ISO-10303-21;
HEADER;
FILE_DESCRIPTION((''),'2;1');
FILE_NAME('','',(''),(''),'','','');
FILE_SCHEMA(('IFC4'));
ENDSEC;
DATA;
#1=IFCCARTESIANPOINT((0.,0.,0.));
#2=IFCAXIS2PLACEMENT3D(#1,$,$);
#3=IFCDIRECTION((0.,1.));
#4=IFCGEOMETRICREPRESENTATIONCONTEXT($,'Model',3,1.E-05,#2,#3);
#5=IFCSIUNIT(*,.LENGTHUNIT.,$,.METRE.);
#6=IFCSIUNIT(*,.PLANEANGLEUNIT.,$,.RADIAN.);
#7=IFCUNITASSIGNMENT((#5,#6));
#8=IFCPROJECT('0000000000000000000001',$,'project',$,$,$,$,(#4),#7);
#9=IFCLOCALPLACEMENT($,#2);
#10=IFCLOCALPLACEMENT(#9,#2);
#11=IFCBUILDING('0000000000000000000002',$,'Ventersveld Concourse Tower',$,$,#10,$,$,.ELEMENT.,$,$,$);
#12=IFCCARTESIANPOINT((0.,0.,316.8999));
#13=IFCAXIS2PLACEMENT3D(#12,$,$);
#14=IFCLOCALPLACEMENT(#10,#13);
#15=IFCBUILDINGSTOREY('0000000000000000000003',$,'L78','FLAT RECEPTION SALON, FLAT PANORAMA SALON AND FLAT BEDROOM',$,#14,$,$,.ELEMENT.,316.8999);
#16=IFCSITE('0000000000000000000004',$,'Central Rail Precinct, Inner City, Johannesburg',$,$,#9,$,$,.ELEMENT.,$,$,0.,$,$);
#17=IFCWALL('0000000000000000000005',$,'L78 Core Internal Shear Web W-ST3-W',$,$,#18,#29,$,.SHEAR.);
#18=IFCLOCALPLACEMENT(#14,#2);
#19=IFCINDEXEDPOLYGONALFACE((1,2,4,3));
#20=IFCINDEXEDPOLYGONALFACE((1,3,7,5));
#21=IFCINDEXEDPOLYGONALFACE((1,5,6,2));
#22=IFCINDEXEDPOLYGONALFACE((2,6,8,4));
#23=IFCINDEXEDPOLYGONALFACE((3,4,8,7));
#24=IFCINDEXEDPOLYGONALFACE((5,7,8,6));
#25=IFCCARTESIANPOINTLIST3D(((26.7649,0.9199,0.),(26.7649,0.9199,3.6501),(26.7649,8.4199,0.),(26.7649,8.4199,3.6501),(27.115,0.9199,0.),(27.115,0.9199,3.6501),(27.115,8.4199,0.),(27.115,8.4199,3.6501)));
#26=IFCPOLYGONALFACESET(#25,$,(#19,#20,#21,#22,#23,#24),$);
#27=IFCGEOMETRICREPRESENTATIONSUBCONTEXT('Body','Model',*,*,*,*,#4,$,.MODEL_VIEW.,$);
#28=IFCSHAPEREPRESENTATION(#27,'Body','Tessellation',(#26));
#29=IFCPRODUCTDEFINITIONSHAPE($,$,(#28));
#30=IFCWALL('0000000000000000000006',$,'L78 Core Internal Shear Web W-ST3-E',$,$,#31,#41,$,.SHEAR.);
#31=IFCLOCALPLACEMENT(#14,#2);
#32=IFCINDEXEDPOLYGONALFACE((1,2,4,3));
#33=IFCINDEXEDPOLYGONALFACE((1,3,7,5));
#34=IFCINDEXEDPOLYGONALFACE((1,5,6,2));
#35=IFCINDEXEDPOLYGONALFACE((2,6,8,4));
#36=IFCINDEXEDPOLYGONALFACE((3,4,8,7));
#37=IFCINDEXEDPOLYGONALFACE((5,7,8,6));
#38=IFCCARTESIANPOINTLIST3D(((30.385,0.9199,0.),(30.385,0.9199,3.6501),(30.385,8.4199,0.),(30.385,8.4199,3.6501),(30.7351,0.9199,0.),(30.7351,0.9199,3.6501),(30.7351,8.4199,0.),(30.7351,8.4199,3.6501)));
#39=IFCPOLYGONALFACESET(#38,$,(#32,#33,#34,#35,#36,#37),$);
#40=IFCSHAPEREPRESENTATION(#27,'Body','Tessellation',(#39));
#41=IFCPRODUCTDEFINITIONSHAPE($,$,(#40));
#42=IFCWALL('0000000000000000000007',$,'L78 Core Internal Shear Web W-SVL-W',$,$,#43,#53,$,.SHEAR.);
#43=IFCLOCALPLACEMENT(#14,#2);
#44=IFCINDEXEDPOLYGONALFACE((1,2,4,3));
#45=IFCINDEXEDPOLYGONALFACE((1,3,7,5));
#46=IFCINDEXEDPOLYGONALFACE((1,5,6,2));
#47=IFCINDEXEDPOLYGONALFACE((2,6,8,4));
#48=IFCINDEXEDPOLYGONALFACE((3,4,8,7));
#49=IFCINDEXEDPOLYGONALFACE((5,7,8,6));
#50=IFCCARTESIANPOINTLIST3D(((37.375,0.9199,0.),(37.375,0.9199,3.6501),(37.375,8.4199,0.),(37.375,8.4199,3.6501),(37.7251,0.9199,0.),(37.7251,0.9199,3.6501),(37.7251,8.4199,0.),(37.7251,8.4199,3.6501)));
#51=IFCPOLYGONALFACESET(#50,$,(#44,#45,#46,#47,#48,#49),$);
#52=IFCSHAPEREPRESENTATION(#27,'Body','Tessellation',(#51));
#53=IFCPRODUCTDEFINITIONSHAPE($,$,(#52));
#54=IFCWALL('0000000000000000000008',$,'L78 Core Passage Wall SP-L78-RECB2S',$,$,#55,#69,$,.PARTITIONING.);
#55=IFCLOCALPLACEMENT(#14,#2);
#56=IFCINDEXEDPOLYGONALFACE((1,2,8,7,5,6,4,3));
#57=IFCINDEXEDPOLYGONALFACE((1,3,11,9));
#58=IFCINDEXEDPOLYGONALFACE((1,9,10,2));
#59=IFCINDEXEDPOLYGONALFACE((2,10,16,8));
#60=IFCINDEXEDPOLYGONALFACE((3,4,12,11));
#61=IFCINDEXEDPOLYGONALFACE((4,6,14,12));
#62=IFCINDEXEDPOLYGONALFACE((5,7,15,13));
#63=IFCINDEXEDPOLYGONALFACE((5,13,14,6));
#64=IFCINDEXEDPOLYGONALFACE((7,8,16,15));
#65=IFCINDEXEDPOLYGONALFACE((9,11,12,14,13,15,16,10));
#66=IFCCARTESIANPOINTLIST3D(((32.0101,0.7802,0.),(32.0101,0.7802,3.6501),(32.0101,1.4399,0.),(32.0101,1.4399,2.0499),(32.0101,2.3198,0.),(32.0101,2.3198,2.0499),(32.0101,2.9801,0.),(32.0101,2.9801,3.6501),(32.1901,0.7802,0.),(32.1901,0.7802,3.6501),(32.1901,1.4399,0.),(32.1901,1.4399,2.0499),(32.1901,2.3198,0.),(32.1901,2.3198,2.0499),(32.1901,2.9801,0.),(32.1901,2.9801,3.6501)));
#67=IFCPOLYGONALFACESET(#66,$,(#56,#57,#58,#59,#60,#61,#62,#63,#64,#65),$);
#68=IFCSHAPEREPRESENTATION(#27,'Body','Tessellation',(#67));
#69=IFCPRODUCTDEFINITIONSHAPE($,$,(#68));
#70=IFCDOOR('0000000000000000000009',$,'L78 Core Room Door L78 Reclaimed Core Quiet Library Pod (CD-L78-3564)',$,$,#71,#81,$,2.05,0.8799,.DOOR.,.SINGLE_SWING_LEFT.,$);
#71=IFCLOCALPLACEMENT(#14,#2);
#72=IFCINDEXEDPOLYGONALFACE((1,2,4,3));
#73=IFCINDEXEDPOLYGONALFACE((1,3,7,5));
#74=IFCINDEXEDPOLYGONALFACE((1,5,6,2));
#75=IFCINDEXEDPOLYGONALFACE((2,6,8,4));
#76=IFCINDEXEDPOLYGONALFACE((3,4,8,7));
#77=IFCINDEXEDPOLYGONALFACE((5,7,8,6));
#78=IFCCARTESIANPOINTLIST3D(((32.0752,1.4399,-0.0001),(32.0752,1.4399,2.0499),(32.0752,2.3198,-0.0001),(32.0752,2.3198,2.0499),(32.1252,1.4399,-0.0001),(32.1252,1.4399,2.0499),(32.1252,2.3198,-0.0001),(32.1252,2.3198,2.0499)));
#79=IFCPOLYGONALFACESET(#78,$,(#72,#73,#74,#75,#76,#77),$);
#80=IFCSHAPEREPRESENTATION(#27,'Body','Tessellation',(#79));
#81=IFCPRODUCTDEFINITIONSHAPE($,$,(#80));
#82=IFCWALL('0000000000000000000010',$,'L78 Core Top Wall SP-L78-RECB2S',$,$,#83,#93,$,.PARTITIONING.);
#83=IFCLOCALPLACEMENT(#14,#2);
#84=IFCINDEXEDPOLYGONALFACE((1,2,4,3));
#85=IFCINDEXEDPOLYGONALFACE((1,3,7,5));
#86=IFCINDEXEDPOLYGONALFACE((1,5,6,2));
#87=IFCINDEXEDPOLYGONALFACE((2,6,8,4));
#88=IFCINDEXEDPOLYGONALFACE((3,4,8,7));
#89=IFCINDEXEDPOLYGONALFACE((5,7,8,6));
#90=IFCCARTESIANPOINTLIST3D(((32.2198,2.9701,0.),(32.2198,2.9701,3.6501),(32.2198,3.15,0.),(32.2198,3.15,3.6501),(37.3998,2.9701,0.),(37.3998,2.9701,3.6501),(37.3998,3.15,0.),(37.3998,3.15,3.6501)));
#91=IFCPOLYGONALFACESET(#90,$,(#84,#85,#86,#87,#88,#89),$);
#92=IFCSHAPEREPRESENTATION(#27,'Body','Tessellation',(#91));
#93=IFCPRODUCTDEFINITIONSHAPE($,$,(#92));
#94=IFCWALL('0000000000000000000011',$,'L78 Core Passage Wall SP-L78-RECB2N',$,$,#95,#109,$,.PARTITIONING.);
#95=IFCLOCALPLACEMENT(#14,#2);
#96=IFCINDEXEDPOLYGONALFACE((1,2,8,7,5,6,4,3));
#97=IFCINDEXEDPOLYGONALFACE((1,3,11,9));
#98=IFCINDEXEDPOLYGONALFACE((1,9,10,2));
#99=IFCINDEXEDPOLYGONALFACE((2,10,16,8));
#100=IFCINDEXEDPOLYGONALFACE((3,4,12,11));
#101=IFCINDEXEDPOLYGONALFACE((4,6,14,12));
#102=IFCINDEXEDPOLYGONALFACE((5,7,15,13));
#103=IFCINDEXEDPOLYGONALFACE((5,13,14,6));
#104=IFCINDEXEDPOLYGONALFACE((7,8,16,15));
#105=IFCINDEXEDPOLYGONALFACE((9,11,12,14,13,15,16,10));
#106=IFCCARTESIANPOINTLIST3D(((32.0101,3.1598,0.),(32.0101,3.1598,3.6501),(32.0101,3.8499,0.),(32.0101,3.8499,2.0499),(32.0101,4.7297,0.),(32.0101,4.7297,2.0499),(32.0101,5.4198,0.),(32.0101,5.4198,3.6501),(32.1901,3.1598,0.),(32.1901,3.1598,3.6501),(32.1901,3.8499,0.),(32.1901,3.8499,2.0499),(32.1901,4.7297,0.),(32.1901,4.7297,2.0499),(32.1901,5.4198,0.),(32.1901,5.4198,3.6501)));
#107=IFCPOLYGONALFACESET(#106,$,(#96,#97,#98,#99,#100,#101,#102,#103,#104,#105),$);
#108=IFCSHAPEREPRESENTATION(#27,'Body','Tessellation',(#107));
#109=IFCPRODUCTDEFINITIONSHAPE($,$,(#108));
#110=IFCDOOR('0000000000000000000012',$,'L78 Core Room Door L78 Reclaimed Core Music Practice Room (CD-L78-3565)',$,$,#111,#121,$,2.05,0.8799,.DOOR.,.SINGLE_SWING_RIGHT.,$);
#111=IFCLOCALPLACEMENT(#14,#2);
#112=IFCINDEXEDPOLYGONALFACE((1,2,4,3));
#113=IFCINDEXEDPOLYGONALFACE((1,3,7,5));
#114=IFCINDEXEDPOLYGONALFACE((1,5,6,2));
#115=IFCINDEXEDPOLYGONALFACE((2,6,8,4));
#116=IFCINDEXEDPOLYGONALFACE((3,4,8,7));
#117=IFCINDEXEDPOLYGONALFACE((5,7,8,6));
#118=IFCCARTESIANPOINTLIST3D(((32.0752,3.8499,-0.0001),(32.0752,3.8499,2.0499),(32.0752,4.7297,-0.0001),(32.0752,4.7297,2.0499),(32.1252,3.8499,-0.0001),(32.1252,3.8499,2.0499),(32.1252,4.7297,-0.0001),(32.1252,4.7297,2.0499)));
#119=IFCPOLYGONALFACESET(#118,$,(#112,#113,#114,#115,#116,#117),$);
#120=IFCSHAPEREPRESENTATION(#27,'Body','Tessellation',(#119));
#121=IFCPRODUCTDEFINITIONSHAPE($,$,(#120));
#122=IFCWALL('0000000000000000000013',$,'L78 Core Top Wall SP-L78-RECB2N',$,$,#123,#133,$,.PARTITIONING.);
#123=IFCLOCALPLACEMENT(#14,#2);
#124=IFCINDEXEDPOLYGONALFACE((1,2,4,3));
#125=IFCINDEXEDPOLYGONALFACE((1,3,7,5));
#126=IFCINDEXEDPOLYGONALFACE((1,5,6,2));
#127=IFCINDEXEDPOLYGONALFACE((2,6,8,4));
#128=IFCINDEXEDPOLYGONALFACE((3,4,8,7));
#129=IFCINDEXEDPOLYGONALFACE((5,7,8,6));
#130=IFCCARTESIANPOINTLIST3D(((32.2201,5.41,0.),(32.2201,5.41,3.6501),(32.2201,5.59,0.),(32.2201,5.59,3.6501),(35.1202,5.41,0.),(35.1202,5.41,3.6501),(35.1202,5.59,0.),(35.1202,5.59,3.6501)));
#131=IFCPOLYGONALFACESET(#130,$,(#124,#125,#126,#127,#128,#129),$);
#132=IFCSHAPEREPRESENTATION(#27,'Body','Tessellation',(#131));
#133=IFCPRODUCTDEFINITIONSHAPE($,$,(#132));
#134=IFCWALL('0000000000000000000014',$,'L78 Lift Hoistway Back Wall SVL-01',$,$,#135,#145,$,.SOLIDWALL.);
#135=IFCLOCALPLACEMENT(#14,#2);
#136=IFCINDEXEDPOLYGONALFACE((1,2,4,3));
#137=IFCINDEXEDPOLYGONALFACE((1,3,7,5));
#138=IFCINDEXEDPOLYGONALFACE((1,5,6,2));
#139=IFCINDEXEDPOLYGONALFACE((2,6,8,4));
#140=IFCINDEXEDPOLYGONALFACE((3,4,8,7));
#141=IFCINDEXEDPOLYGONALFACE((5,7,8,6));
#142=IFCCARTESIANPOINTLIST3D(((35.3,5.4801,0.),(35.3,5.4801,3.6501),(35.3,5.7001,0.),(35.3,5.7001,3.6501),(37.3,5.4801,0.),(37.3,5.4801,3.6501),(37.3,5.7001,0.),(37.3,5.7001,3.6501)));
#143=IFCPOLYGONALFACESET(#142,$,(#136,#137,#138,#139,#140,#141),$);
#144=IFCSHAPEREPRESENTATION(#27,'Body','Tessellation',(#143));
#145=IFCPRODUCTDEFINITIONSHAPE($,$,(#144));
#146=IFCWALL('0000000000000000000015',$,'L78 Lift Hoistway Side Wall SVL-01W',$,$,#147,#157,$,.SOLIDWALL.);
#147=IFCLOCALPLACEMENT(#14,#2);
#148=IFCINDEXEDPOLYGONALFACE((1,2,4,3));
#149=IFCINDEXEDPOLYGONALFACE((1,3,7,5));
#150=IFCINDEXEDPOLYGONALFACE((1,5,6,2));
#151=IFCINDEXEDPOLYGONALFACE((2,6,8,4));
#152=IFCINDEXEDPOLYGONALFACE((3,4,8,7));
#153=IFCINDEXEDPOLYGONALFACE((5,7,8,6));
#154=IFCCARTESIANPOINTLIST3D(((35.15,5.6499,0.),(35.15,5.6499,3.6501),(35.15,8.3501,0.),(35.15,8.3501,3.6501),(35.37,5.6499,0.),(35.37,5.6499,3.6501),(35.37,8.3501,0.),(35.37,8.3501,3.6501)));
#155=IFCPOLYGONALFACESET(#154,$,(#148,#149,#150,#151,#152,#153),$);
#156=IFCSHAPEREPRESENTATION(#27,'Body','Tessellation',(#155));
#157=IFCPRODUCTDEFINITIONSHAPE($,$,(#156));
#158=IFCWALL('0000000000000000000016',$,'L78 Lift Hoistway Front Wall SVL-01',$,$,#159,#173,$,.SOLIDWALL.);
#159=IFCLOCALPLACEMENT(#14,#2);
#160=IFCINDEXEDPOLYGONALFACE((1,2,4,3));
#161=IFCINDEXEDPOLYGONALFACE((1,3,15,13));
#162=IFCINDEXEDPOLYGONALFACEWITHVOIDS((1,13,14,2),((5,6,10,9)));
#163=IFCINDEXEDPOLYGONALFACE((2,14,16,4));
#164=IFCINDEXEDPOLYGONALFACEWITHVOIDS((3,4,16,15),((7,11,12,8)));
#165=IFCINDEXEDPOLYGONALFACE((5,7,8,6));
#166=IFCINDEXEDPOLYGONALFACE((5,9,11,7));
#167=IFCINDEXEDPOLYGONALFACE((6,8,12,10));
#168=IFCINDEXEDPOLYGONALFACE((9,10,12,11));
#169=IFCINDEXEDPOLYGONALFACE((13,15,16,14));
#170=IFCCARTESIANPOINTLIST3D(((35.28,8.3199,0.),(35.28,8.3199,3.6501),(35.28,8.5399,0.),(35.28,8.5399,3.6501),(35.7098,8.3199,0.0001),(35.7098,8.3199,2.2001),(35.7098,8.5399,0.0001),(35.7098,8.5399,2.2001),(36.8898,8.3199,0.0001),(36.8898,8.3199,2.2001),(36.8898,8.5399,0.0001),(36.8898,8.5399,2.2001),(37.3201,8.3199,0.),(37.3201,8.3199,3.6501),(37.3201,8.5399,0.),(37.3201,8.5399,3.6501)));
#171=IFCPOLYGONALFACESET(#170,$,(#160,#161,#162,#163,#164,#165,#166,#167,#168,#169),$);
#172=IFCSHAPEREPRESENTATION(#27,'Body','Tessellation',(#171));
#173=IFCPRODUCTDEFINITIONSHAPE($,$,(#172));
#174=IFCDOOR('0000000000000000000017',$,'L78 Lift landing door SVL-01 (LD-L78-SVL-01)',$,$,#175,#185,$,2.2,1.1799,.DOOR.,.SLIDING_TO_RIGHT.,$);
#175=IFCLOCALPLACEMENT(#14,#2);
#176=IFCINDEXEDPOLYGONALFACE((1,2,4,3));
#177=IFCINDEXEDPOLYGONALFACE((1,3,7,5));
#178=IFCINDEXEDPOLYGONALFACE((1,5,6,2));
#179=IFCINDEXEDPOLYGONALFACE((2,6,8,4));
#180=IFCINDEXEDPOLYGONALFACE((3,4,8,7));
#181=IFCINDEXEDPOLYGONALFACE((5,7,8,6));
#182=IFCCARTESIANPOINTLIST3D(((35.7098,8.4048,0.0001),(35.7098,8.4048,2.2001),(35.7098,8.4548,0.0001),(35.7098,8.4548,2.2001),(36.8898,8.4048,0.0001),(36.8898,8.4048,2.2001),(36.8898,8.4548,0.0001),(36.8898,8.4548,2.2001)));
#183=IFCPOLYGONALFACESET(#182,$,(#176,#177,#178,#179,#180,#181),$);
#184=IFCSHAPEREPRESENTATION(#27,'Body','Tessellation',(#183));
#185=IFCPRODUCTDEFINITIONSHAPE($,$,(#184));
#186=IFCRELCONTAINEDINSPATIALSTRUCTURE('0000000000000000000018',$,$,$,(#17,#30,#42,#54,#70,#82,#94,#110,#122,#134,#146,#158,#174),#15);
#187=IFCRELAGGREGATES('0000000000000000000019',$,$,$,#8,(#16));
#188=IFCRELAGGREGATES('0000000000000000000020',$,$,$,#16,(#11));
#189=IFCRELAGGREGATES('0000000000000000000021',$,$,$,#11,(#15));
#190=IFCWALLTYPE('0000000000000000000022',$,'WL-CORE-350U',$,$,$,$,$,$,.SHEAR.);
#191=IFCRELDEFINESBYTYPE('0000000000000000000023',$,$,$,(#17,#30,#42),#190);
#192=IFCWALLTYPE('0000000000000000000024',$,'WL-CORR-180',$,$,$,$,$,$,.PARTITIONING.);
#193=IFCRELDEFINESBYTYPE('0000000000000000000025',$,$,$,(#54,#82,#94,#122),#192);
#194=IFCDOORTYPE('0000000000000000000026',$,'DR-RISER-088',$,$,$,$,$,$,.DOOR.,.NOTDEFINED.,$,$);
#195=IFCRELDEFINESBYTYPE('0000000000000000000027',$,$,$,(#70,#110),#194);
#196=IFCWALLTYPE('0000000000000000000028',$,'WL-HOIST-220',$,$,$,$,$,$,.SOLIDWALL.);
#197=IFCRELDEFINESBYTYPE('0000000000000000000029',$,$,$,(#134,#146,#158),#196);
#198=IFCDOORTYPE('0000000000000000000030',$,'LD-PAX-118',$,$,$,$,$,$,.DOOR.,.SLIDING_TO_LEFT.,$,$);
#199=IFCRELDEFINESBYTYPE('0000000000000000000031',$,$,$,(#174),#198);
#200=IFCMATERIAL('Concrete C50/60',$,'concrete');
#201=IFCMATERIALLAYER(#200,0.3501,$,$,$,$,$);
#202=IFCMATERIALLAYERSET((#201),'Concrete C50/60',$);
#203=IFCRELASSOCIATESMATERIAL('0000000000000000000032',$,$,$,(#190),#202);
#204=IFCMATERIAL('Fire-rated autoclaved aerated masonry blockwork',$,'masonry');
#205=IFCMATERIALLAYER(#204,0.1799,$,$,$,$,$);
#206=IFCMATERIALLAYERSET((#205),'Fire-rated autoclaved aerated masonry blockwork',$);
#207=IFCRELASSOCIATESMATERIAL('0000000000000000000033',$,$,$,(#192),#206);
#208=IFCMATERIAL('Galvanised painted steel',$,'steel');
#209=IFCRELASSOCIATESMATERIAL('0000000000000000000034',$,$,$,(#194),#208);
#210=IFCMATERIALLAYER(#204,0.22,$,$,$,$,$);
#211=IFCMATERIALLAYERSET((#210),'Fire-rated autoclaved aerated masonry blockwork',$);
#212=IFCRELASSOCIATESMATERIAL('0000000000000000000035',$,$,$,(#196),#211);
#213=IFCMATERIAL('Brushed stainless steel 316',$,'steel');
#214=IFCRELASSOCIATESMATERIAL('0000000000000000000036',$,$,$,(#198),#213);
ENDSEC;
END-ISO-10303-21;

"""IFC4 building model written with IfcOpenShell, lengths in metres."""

from ifc_helpers import new_model, si_unit, direction, frame, frame_2d, origin, place, context, subcontext, project, spatial, rectangle, extrude, material, layer, layer_set, type_object, element, fill, save


model = new_model("IFC4")

# Units and contexts
model_context = context("Model", 3, precision=1e-05, world=origin(), true_north=direction((0.0, 1.0)))
body_context = subcontext(model_context, "Body", "Model", "MODEL_VIEW")
ifc_project = project(units=[si_unit("LENGTHUNIT", "METRE"), si_unit("PLANEANGLEUNIT", "RADIAN")], contexts=[model_context])

# Site, building, storey
site_placement = place(None, origin())
site = spatial("IfcSite", under=ifc_project, at=site_placement, Name="Central Rail Precinct, Inner City, Johannesburg", CompositionType="ELEMENT", RefElevation=0.0)
building_placement = place(site_placement, origin())
building = spatial("IfcBuilding", under=site, at=building_placement, Name="Ventersveld Concourse Tower", CompositionType="ELEMENT")
storey_placement = place(building_placement, frame((0.0, 0.0, 316.8999)))
storey = spatial("IfcBuildingStorey", under=building, at=storey_placement, Name="L78", Description="FLAT RECEPTION SALON, FLAT PANORAMA SALON AND FLAT BEDROOM", CompositionType="ELEMENT", Elevation=316.8999)

# Shared definitions
ifc_material_1 = material(Name="Concrete C50/60", Category="concrete")

# Walls
ifc_layer_1 = layer(ifc_material_1, 0.3501)
ifc_layer_set_1 = layer_set([ifc_layer_1], Name="Concrete C50/60")
wall_type_1 = type_object("IfcWallType", Name="WL-CORE-350U", PredefinedType="SHEAR", material=ifc_layer_set_1)
for number, where, z_axis, x_axis, name in (
    (1, (26.9399, 0.9199, 0.0), (0.0, 0.0, 1.0), (0.0, 1.0, 0.0), "L78 Core Internal Shear Web W-ST3-W"),
    (2, (30.5601, 0.9199, 0.0), (0.0, 0.0, 1.0), (0.0, 1.0, 0.0), "L78 Core Internal Shear Web W-ST3-E"),
    (3, (37.55, 0.9199, 0.0), (0.0, 0.0, 1.0), (0.0, 1.0, 0.0), "L78 Core Internal Shear Web W-SVL-W"),
):
    element("IfcWall", number, at=place(storey_placement, frame(where, z_axis=z_axis, x_axis=x_axis)), inside=storey, type_object=wall_type_1, Name=name, PredefinedType="SHEAR", context=body_context, shape_type="SweptSolid", body=[
        extrude(rectangle(XDim=7.5, YDim=0.3501, at=frame_2d((3.75, 0.0))), origin(), (0.0, 0.0, 1.0), 3.6501),
    ])

# Wall, opening, door
ifc_material_2 = material(Name="Fire-rated autoclaved aerated masonry blockwork", Category="masonry")
ifc_layer_2 = layer(ifc_material_2, 0.1799)
ifc_layer_set_2 = layer_set([ifc_layer_2], Name="Fire-rated autoclaved aerated masonry blockwork")
wall_type_2 = type_object("IfcWallType", Name="WL-CORR-180", PredefinedType="PARTITIONING", material=ifc_layer_set_2)
wall_1_placement = place(storey_placement, frame((32.1001, 0.78, 0.0), z_axis=(0.0, 0.0, 1.0), x_axis=(0.0, 1.0, 0.0)))
wall_1 = element("IfcWall", 4, at=wall_1_placement, inside=storey, type_object=wall_type_2, Name="L78 Core Passage Wall SP-L78-RECB2S", PredefinedType="PARTITIONING", context=body_context, shape_type="SweptSolid", body=[
    extrude(rectangle(XDim=2.2, YDim=0.1799, at=frame_2d((1.1001, 0.0))), origin(), (0.0, 0.0, 1.0), 3.6501),
])
opening_1_placement = place(wall_1_placement, frame((0.6599, 0.0, 0.0)))
opening_1 = element("IfcOpeningElement", 5, at=opening_1_placement, cuts=wall_1, PredefinedType="OPENING", context=body_context, shape_type="SweptSolid", body=[
    extrude(rectangle(XDim=0.8799, YDim=2.05, at=frame_2d((0.4399, 1.0249))), frame((0.0, 0.1001, 0.0), z_axis=(0.0, -1.0, 0.0), x_axis=(1.0, 0.0, 0.0)), (0.0, 0.0, 1.0), 0.2),
])
ifc_material_3 = material(Name="Galvanised painted steel", Category="steel")
door_type_1 = type_object("IfcDoorType", Name="DR-RISER-088", OperationType="NOTDEFINED", PredefinedType="DOOR", material=ifc_material_3)
door_1_placement = place(opening_1_placement, origin())
door_1 = element("IfcDoor", 6, at=door_1_placement, inside=storey, type_object=door_type_1, Name="L78 Core Room Door L78 Reclaimed Core Quiet Library Pod (CD-L78-3564)", OperationType="SINGLE_SWING_LEFT", OverallHeight=2.05, OverallWidth=0.8799, PredefinedType="DOOR", context=body_context, shape_type="SweptSolid", body=[
    extrude(rectangle(XDim=0.8799, YDim=2.05, at=frame_2d((0.4399, 1.0249))), frame((0.0, 0.0249, 0.0), z_axis=(0.0, -1.0, 0.0), x_axis=(1.0, 0.0, 0.0)), (0.0, 0.0, 1.0), 0.05),
])
fill(opening_1, door_1)

# Wall
wall_2_placement = place(storey_placement, frame((32.22, 3.0601, 0.0), z_axis=(0.0, 0.0, 1.0), x_axis=(1.0, 0.0, 0.0)))
element("IfcWall", 7, at=wall_2_placement, inside=storey, type_object=wall_type_2, Name="L78 Core Top Wall SP-L78-RECB2S", PredefinedType="PARTITIONING", context=body_context, shape_type="SweptSolid", body=[
    extrude(rectangle(XDim=5.1799, YDim=0.1799, at=frame_2d((2.5898, 0.0))), origin(), (0.0, 0.0, 1.0), 3.6501),
])

# Wall, opening, door
wall_3_placement = place(storey_placement, frame((32.1001, 3.1599, 0.0), z_axis=(0.0, 0.0, 1.0), x_axis=(0.0, 1.0, 0.0)))
wall_3 = element("IfcWall", 8, at=wall_3_placement, inside=storey, type_object=wall_type_2, Name="L78 Core Passage Wall SP-L78-RECB2N", PredefinedType="PARTITIONING", context=body_context, shape_type="SweptSolid", body=[
    extrude(rectangle(XDim=2.26, YDim=0.1799, at=frame_2d((1.1299, 0.0))), origin(), (0.0, 0.0, 1.0), 3.6501),
])
opening_2_placement = place(wall_3_placement, frame((0.6899, 0.0, 0.0)))
opening_2 = element("IfcOpeningElement", 9, at=opening_2_placement, cuts=wall_3, PredefinedType="OPENING", context=body_context, shape_type="SweptSolid", body=[
    extrude(rectangle(XDim=0.8799, YDim=2.05, at=frame_2d((0.4399, 1.0249))), frame((0.0, 0.1001, 0.0), z_axis=(0.0, -1.0, 0.0), x_axis=(1.0, 0.0, 0.0)), (0.0, 0.0, 1.0), 0.2),
])
door_2_placement = place(opening_2_placement, origin())
door_2 = element("IfcDoor", 10, at=door_2_placement, inside=storey, type_object=door_type_1, Name="L78 Core Room Door L78 Reclaimed Core Music Practice Room (CD-L78-3565)", OperationType="SINGLE_SWING_RIGHT", OverallHeight=2.05, OverallWidth=0.8799, PredefinedType="DOOR", context=body_context, shape_type="SweptSolid", body=[
    extrude(rectangle(XDim=0.8799, YDim=2.05, at=frame_2d((0.4399, 1.0249))), frame((0.0, 0.0249, 0.0), z_axis=(0.0, -1.0, 0.0), x_axis=(1.0, 0.0, 0.0)), (0.0, 0.0, 1.0), 0.05),
])
fill(opening_2, door_2)

# Walls
wall_4_placement = place(storey_placement, frame((32.22, 5.5, 0.0), z_axis=(0.0, 0.0, 1.0), x_axis=(1.0, 0.0, 0.0)))
element("IfcWall", 11, at=wall_4_placement, inside=storey, type_object=wall_type_2, Name="L78 Core Top Wall SP-L78-RECB2N", PredefinedType="PARTITIONING", context=body_context, shape_type="SweptSolid", body=[
    extrude(rectangle(XDim=2.9001, YDim=0.1799, at=frame_2d((1.4502, 0.0))), origin(), (0.0, 0.0, 1.0), 3.6501),
])
ifc_layer_3 = layer(ifc_material_2, 0.22)
ifc_layer_set_3 = layer_set([ifc_layer_3], Name="Fire-rated autoclaved aerated masonry blockwork")
wall_type_3 = type_object("IfcWallType", Name="WL-HOIST-220", PredefinedType="SOLIDWALL", material=ifc_layer_set_3)
wall_5_placement = place(storey_placement, frame((35.3, 5.5901, 0.0), z_axis=(0.0, 0.0, 1.0), x_axis=(1.0, 0.0, 0.0)))
element("IfcWall", 12, at=wall_5_placement, inside=storey, type_object=wall_type_3, Name="L78 Lift Hoistway Back Wall SVL-01", PredefinedType="SOLIDWALL", context=body_context, shape_type="SweptSolid", body=[
    extrude(rectangle(XDim=2.0, YDim=0.22, at=frame_2d((1.0, 0.0))), origin(), (0.0, 0.0, 1.0), 3.6501),
])
wall_6_placement = place(storey_placement, frame((35.26, 5.6499, 0.0), z_axis=(0.0, 0.0, 1.0), x_axis=(0.0, 1.0, 0.0)))
element("IfcWall", 13, at=wall_6_placement, inside=storey, type_object=wall_type_3, Name="L78 Lift Hoistway Side Wall SVL-01W", PredefinedType="SOLIDWALL", context=body_context, shape_type="SweptSolid", body=[
    extrude(rectangle(XDim=2.7002, YDim=0.22, at=frame_2d((1.3501, 0.0))), origin(), (0.0, 0.0, 1.0), 3.6501),
])

# Wall, opening, door
wall_7_placement = place(storey_placement, frame((35.28, 8.4299, 0.0), z_axis=(0.0, 0.0, 1.0), x_axis=(1.0, 0.0, 0.0)))
wall_7 = element("IfcWall", 14, at=wall_7_placement, inside=storey, type_object=wall_type_3, Name="L78 Lift Hoistway Front Wall SVL-01", PredefinedType="SOLIDWALL", context=body_context, shape_type="SweptSolid", body=[
    extrude(rectangle(XDim=2.04, YDim=0.22, at=frame_2d((1.02, 0.0))), origin(), (0.0, 0.0, 1.0), 3.6501),
])
opening_3_placement = place(wall_7_placement, frame((0.4299, 0.0, 0.0)))
opening_3 = element("IfcOpeningElement", 15, at=opening_3_placement, cuts=wall_7, PredefinedType="OPENING", context=body_context, shape_type="SweptSolid", body=[
    extrude(rectangle(XDim=1.1799, YDim=2.2, at=frame_2d((0.5898, 1.1001))), frame((0.0, 0.1201, 0.0), z_axis=(0.0, -1.0, 0.0), x_axis=(1.0, 0.0, 0.0)), (0.0, 0.0, 1.0), 0.24),
])
ifc_material_4 = material(Name="Brushed stainless steel 316", Category="steel")
door_type_2 = type_object("IfcDoorType", Name="LD-PAX-118", OperationType="SLIDING_TO_LEFT", PredefinedType="DOOR", material=ifc_material_4)
door_3_placement = place(opening_3_placement, origin())
door_3 = element("IfcDoor", 16, at=door_3_placement, inside=storey, type_object=door_type_2, Name="L78 Lift landing door SVL-01 (LD-L78-SVL-01)", OperationType="SLIDING_TO_RIGHT", OverallHeight=2.2, OverallWidth=1.1799, PredefinedType="DOOR", context=body_context, shape_type="SweptSolid", body=[
    extrude(rectangle(XDim=1.1799, YDim=2.2, at=frame_2d((0.5898, 1.1001))), frame((0.0, 0.0249, 0.0), z_axis=(0.0, -1.0, 0.0), x_axis=(1.0, 0.0, 0.0)), (0.0, 0.0, 1.0), 0.05),
])
fill(opening_3, door_3)

save(model, "model.ifc")
